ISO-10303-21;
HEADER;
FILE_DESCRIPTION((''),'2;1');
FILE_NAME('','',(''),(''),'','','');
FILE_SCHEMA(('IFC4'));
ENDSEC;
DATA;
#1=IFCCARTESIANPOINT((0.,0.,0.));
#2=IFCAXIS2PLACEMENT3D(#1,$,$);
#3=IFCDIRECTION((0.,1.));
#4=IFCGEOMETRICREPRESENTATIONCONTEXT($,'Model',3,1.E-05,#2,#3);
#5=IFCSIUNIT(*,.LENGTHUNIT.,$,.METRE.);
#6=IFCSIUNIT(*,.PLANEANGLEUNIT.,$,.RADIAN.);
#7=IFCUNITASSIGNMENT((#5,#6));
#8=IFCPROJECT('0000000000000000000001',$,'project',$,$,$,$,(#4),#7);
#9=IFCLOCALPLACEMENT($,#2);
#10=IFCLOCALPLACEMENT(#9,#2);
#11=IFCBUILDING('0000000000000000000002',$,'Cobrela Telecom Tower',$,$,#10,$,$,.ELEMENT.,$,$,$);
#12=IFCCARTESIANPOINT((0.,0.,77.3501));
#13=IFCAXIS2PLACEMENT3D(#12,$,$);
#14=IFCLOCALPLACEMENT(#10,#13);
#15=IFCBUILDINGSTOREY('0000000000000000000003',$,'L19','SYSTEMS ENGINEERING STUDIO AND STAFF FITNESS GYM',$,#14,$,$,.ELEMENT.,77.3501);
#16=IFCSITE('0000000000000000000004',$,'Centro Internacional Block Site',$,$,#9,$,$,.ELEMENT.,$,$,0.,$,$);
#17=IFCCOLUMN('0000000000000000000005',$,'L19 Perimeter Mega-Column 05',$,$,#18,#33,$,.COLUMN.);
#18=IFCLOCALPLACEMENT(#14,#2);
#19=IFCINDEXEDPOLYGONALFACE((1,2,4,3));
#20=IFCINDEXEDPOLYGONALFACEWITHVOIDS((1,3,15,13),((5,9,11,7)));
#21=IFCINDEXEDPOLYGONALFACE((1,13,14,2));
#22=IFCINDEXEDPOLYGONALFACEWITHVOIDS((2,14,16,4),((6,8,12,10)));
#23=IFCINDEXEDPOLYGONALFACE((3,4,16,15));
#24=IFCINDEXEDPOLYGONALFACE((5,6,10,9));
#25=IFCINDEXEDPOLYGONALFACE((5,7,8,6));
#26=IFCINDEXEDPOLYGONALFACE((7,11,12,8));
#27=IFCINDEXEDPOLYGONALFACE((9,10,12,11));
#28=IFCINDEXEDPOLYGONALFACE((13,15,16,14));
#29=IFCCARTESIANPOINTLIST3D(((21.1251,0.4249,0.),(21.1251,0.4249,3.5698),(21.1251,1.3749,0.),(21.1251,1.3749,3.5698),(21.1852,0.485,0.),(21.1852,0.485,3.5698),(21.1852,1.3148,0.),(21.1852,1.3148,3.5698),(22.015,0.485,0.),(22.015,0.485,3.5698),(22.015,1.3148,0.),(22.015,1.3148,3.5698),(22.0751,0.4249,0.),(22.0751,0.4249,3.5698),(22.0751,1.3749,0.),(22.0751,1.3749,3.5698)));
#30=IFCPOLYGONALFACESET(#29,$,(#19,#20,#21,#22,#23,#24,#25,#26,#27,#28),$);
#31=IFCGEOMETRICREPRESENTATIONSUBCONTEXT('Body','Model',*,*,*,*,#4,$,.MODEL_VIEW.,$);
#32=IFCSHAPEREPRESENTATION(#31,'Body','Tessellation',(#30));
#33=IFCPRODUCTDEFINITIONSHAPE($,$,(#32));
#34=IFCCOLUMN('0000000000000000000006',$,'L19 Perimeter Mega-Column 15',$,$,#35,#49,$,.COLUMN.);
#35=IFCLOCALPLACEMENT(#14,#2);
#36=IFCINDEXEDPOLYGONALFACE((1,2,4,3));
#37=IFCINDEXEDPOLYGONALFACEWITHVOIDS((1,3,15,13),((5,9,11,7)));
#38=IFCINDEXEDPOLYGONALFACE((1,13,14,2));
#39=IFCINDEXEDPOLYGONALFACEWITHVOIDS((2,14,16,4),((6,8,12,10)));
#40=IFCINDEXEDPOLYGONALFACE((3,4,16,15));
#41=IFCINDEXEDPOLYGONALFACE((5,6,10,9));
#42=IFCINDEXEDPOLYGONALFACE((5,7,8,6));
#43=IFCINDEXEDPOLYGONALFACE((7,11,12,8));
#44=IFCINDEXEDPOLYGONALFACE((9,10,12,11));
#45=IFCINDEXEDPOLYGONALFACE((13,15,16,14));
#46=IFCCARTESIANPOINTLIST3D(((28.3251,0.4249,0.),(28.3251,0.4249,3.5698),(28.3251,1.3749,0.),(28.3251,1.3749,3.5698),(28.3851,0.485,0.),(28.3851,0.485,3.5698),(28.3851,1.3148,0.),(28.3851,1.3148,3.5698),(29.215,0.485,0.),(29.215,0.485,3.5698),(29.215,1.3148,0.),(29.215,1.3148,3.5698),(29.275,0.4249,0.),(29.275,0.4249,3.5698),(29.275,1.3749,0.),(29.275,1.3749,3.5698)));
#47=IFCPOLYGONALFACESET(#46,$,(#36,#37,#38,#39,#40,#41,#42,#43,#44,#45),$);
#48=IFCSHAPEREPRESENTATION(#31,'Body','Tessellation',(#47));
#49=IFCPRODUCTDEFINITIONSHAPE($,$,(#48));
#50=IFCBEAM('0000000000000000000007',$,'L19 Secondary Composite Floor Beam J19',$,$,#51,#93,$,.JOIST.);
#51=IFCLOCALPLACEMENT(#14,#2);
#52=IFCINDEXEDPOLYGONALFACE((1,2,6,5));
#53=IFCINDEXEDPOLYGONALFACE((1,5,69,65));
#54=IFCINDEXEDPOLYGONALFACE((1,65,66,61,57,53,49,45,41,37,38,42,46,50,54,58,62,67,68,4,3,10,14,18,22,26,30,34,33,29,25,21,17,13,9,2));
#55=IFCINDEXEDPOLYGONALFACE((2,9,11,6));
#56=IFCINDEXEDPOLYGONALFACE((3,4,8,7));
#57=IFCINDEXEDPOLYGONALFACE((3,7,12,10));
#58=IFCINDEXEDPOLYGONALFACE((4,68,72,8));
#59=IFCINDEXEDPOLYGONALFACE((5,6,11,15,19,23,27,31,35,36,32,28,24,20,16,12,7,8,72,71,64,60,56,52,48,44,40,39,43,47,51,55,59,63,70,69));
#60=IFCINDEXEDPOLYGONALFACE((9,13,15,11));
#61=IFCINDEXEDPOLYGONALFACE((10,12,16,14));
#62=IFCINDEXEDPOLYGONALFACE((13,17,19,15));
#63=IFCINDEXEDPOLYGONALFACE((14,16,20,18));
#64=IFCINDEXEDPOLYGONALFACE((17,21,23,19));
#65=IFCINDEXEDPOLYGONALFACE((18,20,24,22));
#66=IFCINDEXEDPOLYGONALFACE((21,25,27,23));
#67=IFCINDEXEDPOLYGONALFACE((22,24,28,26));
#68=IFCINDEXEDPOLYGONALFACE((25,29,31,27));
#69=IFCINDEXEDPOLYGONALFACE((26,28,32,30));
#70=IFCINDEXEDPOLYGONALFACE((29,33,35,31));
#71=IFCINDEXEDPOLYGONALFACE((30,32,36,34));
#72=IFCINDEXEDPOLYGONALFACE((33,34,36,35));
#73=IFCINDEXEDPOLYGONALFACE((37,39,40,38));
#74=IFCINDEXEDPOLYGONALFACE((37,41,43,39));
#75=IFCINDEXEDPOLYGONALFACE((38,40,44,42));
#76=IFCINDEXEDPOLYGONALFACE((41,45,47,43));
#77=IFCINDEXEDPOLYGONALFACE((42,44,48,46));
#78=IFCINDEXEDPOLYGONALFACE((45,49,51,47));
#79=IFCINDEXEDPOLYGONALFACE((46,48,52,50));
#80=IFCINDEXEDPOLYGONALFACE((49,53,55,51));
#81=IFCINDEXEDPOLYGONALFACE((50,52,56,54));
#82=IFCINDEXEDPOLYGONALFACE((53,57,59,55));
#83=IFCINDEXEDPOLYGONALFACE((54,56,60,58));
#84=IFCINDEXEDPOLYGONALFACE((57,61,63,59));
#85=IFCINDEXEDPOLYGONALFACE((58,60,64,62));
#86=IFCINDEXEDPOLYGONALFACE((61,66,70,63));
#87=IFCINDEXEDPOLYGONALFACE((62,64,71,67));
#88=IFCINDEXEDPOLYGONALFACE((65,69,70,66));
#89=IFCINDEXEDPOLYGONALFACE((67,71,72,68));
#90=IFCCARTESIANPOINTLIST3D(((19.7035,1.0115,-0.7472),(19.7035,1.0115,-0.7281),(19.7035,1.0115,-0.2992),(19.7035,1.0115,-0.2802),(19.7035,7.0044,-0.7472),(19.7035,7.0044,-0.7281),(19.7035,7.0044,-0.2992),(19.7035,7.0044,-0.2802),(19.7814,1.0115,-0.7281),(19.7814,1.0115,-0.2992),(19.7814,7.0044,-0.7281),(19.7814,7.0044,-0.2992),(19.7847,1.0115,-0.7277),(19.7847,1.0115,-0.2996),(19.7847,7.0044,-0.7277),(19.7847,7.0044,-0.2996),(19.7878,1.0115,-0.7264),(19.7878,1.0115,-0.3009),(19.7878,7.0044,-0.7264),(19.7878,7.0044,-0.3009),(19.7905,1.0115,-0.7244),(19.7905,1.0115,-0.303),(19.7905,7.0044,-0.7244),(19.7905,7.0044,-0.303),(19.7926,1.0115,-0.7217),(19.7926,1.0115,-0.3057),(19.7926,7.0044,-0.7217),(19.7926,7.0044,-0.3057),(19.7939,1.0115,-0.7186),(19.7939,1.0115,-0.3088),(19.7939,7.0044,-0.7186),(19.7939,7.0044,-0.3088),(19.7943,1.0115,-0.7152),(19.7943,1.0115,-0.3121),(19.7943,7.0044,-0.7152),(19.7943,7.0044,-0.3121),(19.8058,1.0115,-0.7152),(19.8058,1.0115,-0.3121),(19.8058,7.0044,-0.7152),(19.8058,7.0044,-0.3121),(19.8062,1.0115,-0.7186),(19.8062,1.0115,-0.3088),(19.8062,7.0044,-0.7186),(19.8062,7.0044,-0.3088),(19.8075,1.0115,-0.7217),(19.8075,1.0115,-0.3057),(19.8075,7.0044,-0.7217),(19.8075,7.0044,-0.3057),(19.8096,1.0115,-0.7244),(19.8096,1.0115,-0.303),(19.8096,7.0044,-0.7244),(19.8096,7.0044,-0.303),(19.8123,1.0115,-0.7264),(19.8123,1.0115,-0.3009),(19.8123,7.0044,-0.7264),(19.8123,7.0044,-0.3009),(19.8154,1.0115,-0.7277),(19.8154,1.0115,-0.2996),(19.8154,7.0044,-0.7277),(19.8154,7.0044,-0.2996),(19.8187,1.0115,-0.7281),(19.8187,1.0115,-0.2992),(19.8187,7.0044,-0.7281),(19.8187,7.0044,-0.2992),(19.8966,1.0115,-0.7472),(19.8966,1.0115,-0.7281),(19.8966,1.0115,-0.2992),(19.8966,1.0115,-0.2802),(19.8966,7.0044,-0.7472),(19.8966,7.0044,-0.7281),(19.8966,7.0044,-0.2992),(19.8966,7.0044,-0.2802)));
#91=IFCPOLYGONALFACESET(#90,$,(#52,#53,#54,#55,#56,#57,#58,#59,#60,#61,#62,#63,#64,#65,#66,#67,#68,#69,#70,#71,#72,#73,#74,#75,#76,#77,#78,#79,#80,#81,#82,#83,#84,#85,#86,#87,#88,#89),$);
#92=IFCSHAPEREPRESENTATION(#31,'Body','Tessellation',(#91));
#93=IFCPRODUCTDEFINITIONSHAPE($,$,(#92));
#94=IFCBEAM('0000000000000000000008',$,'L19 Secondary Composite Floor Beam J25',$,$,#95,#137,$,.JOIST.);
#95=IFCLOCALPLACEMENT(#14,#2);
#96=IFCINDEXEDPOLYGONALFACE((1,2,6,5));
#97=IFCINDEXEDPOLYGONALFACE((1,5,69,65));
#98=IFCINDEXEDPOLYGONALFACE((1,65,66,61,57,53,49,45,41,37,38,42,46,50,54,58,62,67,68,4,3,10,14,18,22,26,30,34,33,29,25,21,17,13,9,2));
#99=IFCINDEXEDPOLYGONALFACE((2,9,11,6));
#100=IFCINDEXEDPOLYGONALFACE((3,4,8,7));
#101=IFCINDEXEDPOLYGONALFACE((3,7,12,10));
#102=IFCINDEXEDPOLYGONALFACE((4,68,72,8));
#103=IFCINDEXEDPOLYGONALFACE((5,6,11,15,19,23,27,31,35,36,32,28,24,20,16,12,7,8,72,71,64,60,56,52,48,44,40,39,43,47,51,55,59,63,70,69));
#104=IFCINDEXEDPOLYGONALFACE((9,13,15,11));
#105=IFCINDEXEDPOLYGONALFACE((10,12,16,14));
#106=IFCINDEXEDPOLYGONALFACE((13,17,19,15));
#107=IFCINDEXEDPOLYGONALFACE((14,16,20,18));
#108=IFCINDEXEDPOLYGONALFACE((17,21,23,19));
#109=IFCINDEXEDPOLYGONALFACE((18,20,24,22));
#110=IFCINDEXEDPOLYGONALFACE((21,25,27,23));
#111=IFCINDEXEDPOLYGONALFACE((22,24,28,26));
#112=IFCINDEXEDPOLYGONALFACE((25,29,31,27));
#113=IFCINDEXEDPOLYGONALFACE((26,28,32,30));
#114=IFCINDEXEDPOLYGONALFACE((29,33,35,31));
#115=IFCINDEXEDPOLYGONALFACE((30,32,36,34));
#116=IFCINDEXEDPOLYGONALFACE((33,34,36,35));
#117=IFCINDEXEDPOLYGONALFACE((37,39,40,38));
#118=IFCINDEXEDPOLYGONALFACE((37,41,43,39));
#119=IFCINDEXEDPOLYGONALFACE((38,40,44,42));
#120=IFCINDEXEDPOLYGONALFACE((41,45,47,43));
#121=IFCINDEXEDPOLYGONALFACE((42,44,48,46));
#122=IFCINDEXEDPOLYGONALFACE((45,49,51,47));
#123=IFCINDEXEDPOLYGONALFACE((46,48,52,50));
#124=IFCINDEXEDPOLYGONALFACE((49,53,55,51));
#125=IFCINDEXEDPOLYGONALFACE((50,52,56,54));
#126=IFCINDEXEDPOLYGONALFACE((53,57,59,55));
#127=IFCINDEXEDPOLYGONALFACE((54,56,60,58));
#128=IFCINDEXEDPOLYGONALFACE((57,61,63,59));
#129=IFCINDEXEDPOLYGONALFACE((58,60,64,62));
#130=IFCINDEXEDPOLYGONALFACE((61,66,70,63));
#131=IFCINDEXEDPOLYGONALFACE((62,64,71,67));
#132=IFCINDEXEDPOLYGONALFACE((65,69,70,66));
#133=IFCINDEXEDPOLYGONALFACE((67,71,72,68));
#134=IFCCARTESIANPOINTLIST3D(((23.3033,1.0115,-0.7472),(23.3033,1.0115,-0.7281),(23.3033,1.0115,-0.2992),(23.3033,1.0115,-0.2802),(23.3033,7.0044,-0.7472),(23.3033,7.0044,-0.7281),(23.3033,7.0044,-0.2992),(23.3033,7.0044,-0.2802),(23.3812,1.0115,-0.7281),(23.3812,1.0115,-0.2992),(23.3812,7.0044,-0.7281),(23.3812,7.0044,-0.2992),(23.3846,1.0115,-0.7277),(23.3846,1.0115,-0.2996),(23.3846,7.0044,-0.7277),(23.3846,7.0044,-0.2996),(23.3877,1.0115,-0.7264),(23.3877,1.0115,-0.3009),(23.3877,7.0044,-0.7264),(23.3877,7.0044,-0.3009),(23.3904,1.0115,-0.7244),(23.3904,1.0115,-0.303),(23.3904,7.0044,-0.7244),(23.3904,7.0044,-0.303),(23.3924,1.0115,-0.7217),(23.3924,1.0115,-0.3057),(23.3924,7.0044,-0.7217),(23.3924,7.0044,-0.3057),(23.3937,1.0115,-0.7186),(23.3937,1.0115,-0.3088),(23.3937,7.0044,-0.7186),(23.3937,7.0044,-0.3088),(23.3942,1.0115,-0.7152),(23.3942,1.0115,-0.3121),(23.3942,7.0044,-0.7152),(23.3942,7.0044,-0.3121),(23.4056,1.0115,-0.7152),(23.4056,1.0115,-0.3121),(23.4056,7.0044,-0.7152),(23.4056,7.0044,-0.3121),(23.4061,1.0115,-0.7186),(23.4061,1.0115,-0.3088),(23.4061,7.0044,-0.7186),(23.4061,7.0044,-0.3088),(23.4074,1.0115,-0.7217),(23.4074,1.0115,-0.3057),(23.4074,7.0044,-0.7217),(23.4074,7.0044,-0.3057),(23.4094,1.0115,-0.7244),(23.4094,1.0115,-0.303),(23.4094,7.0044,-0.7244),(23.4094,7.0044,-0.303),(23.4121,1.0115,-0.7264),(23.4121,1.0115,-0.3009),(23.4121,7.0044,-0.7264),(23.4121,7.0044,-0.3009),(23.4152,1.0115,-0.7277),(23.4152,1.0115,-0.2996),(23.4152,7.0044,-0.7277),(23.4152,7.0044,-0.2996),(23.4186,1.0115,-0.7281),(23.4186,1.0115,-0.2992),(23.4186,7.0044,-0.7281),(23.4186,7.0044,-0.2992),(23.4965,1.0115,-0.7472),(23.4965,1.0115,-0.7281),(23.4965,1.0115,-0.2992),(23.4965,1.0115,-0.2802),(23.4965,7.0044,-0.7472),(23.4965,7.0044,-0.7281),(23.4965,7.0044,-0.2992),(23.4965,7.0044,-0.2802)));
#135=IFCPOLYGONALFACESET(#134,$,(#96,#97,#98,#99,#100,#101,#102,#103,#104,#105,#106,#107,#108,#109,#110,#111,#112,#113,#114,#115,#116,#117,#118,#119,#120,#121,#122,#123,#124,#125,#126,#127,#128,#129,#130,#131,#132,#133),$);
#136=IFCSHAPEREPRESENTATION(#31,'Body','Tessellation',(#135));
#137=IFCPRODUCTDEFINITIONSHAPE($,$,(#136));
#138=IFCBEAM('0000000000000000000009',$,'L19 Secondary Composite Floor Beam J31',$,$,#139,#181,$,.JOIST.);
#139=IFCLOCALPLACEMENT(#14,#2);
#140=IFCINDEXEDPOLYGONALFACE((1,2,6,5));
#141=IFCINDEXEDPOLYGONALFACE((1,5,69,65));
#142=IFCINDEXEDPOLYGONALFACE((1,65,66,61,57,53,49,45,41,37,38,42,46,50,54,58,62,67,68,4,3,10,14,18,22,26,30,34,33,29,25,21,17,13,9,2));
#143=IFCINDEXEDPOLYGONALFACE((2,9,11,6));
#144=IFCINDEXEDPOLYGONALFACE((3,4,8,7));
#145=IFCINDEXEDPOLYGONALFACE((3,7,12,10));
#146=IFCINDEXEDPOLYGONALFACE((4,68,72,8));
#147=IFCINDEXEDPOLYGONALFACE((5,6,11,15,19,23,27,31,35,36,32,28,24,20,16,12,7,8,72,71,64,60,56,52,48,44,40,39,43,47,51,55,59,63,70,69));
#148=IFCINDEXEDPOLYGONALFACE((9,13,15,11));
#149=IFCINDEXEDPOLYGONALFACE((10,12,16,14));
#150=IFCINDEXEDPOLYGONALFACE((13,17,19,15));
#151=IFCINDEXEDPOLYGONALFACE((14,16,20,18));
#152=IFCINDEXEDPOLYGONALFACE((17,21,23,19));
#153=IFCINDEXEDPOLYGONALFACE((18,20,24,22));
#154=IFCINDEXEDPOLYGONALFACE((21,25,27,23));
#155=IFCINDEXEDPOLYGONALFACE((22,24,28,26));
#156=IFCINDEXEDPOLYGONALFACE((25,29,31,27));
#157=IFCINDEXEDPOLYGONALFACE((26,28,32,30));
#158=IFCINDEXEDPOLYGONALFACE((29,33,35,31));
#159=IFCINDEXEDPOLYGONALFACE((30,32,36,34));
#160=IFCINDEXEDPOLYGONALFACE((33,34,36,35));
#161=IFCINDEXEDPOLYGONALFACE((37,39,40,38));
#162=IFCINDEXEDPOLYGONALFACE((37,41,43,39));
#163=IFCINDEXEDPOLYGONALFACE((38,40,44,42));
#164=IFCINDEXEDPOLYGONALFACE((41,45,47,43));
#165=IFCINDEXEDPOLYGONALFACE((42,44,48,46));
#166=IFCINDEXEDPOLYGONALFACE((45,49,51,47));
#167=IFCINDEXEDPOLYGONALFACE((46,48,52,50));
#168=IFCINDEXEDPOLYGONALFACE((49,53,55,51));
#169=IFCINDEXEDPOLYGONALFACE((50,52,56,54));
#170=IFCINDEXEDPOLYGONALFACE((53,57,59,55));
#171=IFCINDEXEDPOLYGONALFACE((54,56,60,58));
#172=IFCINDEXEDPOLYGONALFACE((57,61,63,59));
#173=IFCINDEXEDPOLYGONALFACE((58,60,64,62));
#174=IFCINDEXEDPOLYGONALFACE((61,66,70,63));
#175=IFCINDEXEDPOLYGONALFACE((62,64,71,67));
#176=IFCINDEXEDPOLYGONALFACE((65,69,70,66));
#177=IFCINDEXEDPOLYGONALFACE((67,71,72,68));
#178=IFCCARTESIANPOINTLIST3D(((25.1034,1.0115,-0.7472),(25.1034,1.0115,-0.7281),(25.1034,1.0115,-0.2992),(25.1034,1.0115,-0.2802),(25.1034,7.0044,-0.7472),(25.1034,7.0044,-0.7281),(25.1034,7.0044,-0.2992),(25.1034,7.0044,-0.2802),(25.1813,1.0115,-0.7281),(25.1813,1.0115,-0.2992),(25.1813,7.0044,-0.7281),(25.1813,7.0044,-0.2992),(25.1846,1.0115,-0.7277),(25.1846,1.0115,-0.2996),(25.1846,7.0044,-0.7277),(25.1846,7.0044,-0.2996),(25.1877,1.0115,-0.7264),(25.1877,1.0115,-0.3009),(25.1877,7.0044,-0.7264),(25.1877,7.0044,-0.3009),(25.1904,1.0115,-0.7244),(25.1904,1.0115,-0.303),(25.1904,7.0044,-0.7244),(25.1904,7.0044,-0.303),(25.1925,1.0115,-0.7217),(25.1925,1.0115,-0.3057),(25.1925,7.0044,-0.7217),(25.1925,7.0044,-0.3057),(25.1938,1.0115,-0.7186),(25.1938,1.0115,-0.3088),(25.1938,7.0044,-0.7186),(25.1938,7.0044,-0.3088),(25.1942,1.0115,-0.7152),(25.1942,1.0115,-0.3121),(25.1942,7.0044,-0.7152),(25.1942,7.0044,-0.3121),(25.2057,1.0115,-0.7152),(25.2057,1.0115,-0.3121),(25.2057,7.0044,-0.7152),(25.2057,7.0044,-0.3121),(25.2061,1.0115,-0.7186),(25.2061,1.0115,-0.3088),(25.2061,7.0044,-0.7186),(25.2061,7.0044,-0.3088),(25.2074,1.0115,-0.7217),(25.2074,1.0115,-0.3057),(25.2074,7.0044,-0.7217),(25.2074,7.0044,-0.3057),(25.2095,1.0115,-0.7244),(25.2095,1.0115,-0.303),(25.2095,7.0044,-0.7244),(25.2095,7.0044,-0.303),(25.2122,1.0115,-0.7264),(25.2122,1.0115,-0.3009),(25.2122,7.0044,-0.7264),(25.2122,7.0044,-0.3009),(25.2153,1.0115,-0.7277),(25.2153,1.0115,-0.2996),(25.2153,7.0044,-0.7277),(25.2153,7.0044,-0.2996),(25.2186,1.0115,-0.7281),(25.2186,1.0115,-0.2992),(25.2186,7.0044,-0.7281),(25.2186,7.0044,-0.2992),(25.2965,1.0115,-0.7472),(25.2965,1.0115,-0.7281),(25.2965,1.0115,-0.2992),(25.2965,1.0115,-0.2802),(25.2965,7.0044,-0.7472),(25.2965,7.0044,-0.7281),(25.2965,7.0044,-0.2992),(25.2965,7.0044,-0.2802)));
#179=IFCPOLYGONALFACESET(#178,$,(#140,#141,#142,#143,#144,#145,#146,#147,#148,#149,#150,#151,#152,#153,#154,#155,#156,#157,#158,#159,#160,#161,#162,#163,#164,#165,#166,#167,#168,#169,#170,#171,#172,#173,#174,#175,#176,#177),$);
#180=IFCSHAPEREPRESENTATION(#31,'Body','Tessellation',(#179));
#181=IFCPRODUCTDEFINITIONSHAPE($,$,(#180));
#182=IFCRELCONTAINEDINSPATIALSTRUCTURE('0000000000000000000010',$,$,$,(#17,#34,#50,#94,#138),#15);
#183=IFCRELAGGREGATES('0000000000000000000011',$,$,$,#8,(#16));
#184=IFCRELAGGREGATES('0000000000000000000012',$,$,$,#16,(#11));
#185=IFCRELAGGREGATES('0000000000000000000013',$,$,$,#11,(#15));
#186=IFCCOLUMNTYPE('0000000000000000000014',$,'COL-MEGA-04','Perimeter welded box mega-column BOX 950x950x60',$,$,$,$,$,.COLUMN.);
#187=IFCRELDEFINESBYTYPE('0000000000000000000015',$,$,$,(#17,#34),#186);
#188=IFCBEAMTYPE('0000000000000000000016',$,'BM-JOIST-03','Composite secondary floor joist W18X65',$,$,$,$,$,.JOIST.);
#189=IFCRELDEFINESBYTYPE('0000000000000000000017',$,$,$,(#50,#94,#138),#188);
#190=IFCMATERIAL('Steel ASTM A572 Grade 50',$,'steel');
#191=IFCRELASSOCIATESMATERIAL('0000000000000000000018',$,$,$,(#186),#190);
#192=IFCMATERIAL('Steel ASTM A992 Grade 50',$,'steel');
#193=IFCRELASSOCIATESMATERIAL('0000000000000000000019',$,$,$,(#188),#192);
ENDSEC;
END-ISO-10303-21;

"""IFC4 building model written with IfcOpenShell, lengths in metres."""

from ifc_helpers import new_model, si_unit, direction, frame, origin, origin_2d, place, context, subcontext, project, spatial, hollow_rectangle, i_section, extrude, material, material_profile, profile_set, type_object, element, save


model = new_model("IFC4")

# Units and contexts
model_context = context("Model", 3, precision=1e-05, world=origin(), true_north=direction((0.0, 1.0)))
body_context = subcontext(model_context, "Body", "Model", "MODEL_VIEW")
ifc_project = project(units=[si_unit("LENGTHUNIT", "METRE"), si_unit("PLANEANGLEUNIT", "RADIAN")], contexts=[model_context])

# Site, building, storey
site_placement = place(None, origin())
site = spatial("IfcSite", under=ifc_project, at=site_placement, Name="Centro Internacional Block Site", CompositionType="ELEMENT", RefElevation=0.0)
building_placement = place(site_placement, origin())
building = spatial("IfcBuilding", under=site, at=building_placement, Name="Cobrela Telecom Tower", CompositionType="ELEMENT")
storey_placement = place(building_placement, frame((0.0, 0.0, 77.3501)))
storey = spatial("IfcBuildingStorey", under=building, at=storey_placement, Name="L19", Description="SYSTEMS ENGINEERING STUDIO AND STAFF FITNESS GYM", CompositionType="ELEMENT", Elevation=77.3501)

# Columns
ifc_material_1 = material(Name="Steel ASTM A572 Grade 50", Category="steel")
ifc_material_profile_1 = material_profile(ifc_material_1, hollow_rectangle(XDim=0.95, YDim=0.95, WallThickness=0.0601, at=origin_2d()), Name="BOX 950x950x60")
ifc_profile_set_1 = profile_set([ifc_material_profile_1], Name="Steel ASTM A572 Grade 50")
column_type = type_object("IfcColumnType", Name="COL-MEGA-04", Description="Perimeter welded box mega-column BOX 950x950x60", PredefinedType="COLUMN", material=ifc_profile_set_1)
for number, where, z_axis, x_axis, name in (
    (1, (21.6001, 0.8999, 0.0), (0.0, 0.0, 1.0), (1.0, 0.0, 0.0), "L19 Perimeter Mega-Column 05"),
    (2, (28.8, 0.8999, 0.0), (0.0, 0.0, 1.0), (1.0, 0.0, 0.0), "L19 Perimeter Mega-Column 15"),
):
    element("IfcColumn", number, at=place(storey_placement, frame(where, z_axis=z_axis, x_axis=x_axis)), inside=storey, type_object=column_type, Name=name, PredefinedType="COLUMN", context=body_context, shape_type="SweptSolid", body=[
        extrude(hollow_rectangle(XDim=0.95, YDim=0.95, WallThickness=0.0601, at=origin_2d()), origin(), (0.0, 0.0, 1.0), 3.5698),
    ])

# Beams
ifc_material_2 = material(Name="Steel ASTM A992 Grade 50", Category="steel")
ifc_material_profile_2 = material_profile(ifc_material_2, i_section(OverallWidth=0.1931, OverallDepth=0.467, WebThickness=0.0115, FlangeThickness=0.019, FilletRadius=0.0129, at=origin_2d()), Name="W18X65")
ifc_profile_set_2 = profile_set([ifc_material_profile_2], Name="Steel ASTM A992 Grade 50")
beam_type_1 = type_object("IfcBeamType", Name="BM-JOIST-03", Description="Composite secondary floor joist W18X65", PredefinedType="JOIST", material=ifc_profile_set_2)
for number, where, z_axis, x_axis, name in (
    (3, (19.8, 1.0115, -0.5137), (0.0, 1.0, 0.0), (-1.0, 0.0, 0.0), "L19 Secondary Composite Floor Beam J19"),
    (4, (23.3999, 1.0115, -0.5137), (0.0, 1.0, 0.0), (-1.0, 0.0, 0.0), "L19 Secondary Composite Floor Beam J25"),
    (5, (25.2, 1.0115, -0.5137), (0.0, 1.0, 0.0), (-1.0, 0.0, 0.0), "L19 Secondary Composite Floor Beam J31"),
):
    element("IfcBeam", number, at=place(storey_placement, frame(where, z_axis=z_axis, x_axis=x_axis)), inside=storey, type_object=beam_type_1, Name=name, PredefinedType="JOIST", context=body_context, shape_type="SweptSolid", body=[
        extrude(i_section(OverallWidth=0.1931, OverallDepth=0.467, WebThickness=0.0115, FlangeThickness=0.019, FilletRadius=0.0129, at=origin_2d()), origin(), (0.0, 0.0, 1.0), 5.9929),
    ])

save(model, "model.ifc")
